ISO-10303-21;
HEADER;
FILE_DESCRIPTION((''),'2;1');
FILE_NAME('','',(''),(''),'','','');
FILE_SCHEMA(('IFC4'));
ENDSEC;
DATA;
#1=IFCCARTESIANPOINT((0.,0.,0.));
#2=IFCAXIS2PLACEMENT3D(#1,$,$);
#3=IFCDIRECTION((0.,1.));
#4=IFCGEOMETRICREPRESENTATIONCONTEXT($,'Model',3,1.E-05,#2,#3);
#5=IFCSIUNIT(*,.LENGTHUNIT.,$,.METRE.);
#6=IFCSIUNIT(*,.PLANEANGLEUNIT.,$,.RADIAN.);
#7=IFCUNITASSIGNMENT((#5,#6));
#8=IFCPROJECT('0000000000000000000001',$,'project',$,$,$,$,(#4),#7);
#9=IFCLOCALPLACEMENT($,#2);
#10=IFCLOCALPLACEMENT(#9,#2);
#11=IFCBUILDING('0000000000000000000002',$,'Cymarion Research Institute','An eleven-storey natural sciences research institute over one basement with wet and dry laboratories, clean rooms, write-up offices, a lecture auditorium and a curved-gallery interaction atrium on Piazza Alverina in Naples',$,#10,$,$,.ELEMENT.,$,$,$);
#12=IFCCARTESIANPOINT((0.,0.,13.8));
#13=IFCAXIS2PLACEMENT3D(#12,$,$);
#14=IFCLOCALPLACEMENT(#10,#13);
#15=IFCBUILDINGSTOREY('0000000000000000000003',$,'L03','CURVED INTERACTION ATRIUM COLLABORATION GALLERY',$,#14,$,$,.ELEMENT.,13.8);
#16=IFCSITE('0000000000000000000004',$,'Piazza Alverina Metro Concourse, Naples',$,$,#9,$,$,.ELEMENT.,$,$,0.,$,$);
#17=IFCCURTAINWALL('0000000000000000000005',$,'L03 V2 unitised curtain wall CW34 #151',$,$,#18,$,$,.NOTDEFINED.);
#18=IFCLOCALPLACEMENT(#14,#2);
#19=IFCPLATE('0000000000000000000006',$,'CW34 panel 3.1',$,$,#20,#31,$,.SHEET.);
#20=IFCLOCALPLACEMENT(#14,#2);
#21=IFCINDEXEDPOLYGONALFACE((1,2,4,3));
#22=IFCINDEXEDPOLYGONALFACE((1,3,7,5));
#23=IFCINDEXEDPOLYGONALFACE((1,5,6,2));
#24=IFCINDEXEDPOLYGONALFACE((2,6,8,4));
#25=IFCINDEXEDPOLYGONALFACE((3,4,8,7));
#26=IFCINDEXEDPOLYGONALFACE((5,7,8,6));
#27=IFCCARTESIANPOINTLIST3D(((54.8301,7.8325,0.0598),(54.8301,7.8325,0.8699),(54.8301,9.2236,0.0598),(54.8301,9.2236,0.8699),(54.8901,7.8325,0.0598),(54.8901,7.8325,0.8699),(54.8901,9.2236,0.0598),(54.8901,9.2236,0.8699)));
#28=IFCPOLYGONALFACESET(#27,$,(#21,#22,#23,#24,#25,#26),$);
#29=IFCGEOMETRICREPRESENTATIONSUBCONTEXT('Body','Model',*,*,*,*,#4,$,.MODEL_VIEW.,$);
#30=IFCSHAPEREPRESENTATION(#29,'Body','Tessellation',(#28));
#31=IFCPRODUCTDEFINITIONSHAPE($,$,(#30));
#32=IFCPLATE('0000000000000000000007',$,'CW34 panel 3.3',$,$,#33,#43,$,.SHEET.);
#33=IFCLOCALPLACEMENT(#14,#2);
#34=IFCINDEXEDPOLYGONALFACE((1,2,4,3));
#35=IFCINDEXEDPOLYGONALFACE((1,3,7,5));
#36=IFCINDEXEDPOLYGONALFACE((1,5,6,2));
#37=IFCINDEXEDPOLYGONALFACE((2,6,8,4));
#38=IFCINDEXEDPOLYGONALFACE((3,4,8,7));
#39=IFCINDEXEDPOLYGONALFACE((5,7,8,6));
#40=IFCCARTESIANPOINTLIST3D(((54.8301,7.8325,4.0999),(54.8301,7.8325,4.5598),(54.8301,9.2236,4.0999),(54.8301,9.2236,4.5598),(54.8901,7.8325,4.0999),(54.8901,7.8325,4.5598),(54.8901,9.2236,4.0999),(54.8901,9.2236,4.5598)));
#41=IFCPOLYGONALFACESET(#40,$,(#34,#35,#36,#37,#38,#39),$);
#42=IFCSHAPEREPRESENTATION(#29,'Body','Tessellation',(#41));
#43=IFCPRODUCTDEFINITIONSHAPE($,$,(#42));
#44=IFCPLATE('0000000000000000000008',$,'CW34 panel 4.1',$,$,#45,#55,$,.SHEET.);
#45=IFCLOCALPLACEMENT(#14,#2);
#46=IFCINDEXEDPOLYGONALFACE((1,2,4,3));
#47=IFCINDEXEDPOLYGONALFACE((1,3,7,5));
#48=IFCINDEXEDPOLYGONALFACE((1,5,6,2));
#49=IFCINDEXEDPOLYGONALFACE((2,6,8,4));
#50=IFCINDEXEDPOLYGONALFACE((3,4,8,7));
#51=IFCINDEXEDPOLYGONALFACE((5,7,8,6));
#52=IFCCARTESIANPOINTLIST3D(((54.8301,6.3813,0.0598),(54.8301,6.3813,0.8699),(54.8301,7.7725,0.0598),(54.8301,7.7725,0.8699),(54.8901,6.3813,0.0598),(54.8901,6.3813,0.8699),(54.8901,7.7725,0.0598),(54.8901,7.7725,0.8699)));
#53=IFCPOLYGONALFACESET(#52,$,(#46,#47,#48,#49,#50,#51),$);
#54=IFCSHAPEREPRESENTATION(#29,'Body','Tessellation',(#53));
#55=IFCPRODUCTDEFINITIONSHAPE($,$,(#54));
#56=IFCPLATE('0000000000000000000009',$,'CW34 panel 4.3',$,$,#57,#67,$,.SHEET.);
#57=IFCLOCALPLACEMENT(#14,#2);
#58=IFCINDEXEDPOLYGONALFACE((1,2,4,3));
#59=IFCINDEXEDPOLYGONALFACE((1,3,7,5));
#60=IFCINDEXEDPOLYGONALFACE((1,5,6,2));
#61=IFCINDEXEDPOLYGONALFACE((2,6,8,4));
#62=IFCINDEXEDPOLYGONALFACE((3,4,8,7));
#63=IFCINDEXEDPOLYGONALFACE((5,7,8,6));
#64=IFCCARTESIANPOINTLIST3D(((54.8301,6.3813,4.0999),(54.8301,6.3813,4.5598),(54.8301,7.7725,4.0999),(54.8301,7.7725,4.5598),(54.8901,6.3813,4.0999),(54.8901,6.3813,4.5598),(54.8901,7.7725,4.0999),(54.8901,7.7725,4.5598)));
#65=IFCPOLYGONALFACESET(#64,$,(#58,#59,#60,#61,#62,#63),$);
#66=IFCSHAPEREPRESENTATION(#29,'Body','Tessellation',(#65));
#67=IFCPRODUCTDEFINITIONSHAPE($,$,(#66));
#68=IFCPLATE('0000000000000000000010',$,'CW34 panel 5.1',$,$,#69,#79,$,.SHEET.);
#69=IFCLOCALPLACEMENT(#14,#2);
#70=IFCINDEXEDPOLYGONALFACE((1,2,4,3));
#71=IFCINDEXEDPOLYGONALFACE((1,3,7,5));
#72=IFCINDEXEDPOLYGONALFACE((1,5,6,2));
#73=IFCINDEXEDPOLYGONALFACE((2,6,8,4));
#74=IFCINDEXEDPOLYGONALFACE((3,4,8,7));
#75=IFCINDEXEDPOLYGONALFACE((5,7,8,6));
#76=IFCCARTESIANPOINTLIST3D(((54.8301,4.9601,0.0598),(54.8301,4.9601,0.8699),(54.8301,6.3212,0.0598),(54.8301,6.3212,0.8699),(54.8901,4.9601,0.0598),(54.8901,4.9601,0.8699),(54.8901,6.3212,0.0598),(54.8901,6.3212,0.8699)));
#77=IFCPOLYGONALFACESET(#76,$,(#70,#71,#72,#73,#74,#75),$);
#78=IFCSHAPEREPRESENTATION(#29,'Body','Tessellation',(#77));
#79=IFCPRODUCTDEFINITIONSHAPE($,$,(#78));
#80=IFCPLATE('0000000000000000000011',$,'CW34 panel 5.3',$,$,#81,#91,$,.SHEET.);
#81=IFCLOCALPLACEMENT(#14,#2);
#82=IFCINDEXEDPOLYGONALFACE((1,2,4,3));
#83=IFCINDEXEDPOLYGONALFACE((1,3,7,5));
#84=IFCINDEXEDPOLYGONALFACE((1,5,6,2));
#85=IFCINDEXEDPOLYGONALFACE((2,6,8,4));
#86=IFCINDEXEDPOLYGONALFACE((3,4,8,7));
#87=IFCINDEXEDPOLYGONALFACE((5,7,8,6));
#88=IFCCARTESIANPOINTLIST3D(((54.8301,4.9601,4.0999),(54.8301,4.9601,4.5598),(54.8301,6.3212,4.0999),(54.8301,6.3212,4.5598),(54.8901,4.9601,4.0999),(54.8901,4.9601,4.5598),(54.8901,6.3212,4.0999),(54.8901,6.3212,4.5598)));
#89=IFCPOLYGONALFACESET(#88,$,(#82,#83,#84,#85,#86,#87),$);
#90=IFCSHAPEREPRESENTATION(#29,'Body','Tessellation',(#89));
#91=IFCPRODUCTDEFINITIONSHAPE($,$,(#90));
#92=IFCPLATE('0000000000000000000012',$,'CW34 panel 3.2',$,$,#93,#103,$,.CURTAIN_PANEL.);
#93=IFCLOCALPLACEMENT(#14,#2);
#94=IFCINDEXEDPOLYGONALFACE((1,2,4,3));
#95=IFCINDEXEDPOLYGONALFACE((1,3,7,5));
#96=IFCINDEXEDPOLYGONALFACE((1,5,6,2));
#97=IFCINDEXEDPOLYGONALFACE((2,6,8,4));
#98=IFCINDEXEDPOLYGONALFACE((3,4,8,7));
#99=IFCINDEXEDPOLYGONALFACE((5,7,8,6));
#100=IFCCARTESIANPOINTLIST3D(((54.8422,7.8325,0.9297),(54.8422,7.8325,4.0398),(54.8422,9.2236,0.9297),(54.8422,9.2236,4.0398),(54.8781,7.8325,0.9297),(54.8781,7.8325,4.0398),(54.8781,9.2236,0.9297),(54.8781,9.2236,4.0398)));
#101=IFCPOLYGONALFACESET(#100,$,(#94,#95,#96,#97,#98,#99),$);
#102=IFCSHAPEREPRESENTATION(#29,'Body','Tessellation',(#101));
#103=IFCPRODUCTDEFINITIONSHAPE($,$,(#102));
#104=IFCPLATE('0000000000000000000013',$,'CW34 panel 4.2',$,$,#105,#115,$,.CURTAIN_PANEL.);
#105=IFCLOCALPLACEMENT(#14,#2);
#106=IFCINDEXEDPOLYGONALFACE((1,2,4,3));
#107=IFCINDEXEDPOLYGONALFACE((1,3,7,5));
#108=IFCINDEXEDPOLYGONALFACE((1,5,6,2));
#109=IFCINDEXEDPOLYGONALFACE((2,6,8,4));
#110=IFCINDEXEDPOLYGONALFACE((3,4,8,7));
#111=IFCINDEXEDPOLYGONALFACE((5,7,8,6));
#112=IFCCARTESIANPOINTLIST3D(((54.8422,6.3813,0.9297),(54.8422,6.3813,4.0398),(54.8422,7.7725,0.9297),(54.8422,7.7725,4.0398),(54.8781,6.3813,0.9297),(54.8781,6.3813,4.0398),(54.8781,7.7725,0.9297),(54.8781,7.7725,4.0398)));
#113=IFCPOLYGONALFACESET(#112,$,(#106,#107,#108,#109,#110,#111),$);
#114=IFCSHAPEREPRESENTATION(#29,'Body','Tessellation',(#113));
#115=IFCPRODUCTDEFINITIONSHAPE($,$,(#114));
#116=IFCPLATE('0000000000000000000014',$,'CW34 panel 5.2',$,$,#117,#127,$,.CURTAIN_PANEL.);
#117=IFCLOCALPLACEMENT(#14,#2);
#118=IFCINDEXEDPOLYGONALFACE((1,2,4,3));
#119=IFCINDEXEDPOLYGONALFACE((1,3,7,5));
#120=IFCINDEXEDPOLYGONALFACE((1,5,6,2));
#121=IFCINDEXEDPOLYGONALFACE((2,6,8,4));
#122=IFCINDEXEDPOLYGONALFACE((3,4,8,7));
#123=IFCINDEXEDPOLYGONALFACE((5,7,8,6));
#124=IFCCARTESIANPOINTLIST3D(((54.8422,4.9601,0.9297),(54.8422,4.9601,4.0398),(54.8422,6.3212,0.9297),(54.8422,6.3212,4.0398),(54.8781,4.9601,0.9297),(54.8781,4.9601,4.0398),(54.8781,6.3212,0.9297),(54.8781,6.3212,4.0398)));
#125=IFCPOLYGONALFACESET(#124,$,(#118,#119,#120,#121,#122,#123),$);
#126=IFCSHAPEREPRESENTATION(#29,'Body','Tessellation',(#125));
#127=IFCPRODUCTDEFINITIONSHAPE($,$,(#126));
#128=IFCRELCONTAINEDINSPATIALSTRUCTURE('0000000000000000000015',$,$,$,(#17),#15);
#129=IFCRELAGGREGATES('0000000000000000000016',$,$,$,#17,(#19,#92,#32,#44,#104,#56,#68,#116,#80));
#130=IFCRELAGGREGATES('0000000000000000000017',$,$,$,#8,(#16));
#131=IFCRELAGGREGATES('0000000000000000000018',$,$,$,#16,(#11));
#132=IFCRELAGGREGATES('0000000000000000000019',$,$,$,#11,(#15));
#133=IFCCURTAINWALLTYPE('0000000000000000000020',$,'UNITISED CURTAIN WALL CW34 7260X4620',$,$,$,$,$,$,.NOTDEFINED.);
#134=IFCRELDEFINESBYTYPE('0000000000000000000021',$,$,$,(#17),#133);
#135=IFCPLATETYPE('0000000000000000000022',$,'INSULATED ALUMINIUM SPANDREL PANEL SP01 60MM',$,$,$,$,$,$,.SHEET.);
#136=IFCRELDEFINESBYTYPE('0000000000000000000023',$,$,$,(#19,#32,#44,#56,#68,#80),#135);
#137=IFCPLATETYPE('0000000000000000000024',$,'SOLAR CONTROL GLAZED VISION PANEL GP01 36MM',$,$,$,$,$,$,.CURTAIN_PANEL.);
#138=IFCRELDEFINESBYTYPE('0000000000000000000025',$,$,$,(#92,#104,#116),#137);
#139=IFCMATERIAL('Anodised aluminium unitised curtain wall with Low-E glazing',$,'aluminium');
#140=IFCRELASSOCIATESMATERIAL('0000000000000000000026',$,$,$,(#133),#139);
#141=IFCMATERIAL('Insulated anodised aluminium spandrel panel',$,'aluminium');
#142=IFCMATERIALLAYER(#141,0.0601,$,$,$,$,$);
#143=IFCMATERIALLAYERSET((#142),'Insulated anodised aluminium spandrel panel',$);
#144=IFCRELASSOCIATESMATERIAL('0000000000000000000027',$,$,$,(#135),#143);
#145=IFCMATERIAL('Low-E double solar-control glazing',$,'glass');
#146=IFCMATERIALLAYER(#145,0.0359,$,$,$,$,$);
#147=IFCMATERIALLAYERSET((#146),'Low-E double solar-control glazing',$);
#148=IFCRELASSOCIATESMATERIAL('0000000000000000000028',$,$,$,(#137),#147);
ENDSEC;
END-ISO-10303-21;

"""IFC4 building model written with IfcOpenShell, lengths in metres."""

from ifc_helpers import new_model, si_unit, direction, frame, origin, origin_2d, place, context, subcontext, project, spatial, rectangle, extrude, material, layer, layer_set, type_object, element, aggregate, save


model = new_model("IFC4")

# Units and contexts
model_context = context("Model", 3, precision=1e-05, world=origin(), true_north=direction((0.0, 1.0)))
body_context = subcontext(model_context, "Body", "Model", "MODEL_VIEW")
ifc_project = project(units=[si_unit("LENGTHUNIT", "METRE"), si_unit("PLANEANGLEUNIT", "RADIAN")], contexts=[model_context])

# Site, building, storey
site_placement = place(None, origin())
site = spatial("IfcSite", under=ifc_project, at=site_placement, Name="Piazza Alverina Metro Concourse, Naples", CompositionType="ELEMENT", RefElevation=0.0)
building_placement = place(site_placement, origin())
building = spatial("IfcBuilding", under=site, at=building_placement, Name="Cymarion Research Institute", Description="An eleven-storey natural sciences research institute over one basement with wet and dry laboratories, clean rooms, write-up offices, a lecture auditorium and a curved-gallery interaction atrium on Piazza Alverina in Naples", CompositionType="ELEMENT")
storey_placement = place(building_placement, frame((0.0, 0.0, 13.8)))
storey = spatial("IfcBuildingStorey", under=building, at=storey_placement, Name="L03", Description="CURVED INTERACTION ATRIUM COLLABORATION GALLERY", CompositionType="ELEMENT", Elevation=13.8)

# Curtain wall, plates
ifc_material_1 = material(Name="Anodised aluminium unitised curtain wall with Low-E glazing", Category="aluminium")
curtain_wall_type = type_object("IfcCurtainWallType", Name="UNITISED CURTAIN WALL CW34 7260X4620", PredefinedType="NOTDEFINED", material=ifc_material_1)
curtain_wall_placement = place(storey_placement, origin())
curtain_wall = element("IfcCurtainWall", 1, at=curtain_wall_placement, inside=storey, type_object=curtain_wall_type, Name="L03 V2 unitised curtain wall CW34 #151", PredefinedType="NOTDEFINED")
ifc_material_2 = material(Name="Insulated anodised aluminium spandrel panel", Category="aluminium")
ifc_layer_1 = layer(ifc_material_2, 0.0601)
ifc_layer_set_1 = layer_set([ifc_layer_1], Name="Insulated anodised aluminium spandrel panel")
plate_type_1 = type_object("IfcPlateType", Name="INSULATED ALUMINIUM SPANDREL PANEL SP01 60MM", PredefinedType="SHEET", material=ifc_layer_set_1)
plate_1_placement = place(storey_placement, frame((54.8601, 8.5281, 0.0598), z_axis=(0.0, 0.0, 1.0), x_axis=(0.0, -1.0, 0.0)))
plate_1 = element("IfcPlate", 2, at=plate_1_placement, type_object=plate_type_1, Name="CW34 panel 3.1", PredefinedType="SHEET", context=body_context, shape_type="SweptSolid", body=[
    extrude(rectangle(XDim=1.3911, YDim=0.0601, at=origin_2d()), origin(), (0.0, 0.0, 1.0), 0.8101),
])
plate_2_placement = place(storey_placement, frame((54.8601, 8.5281, 4.0999), z_axis=(0.0, 0.0, 1.0), x_axis=(0.0, -1.0, 0.0)))
plate_2 = element("IfcPlate", 3, at=plate_2_placement, type_object=plate_type_1, Name="CW34 panel 3.3", PredefinedType="SHEET", context=body_context, shape_type="SweptSolid", body=[
    extrude(rectangle(XDim=1.3911, YDim=0.0601, at=origin_2d()), origin(), (0.0, 0.0, 1.0), 0.46),
])
plate_3_placement = place(storey_placement, frame((54.8601, 7.0769, 0.0598), z_axis=(0.0, 0.0, 1.0), x_axis=(0.0, -1.0, 0.0)))
plate_3 = element("IfcPlate", 4, at=plate_3_placement, type_object=plate_type_1, Name="CW34 panel 4.1", PredefinedType="SHEET", context=body_context, shape_type="SweptSolid", body=[
    extrude(rectangle(XDim=1.3911, YDim=0.0601, at=origin_2d()), origin(), (0.0, 0.0, 1.0), 0.8101),
])
plate_4_placement = place(storey_placement, frame((54.8601, 7.0769, 4.0999), z_axis=(0.0, 0.0, 1.0), x_axis=(0.0, -1.0, 0.0)))
plate_4 = element("IfcPlate", 5, at=plate_4_placement, type_object=plate_type_1, Name="CW34 panel 4.3", PredefinedType="SHEET", context=body_context, shape_type="SweptSolid", body=[
    extrude(rectangle(XDim=1.3911, YDim=0.0601, at=origin_2d()), origin(), (0.0, 0.0, 1.0), 0.46),
])
plate_5_placement = place(storey_placement, frame((54.8601, 5.6406, 0.0598), z_axis=(0.0, 0.0, 1.0), x_axis=(0.0, -1.0, 0.0)))
plate_5 = element("IfcPlate", 6, at=plate_5_placement, type_object=plate_type_1, Name="CW34 panel 5.1", PredefinedType="SHEET", context=body_context, shape_type="SweptSolid", body=[
    extrude(rectangle(XDim=1.3611, YDim=0.0601, at=origin_2d()), origin(), (0.0, 0.0, 1.0), 0.8101),
])
plate_6_placement = place(storey_placement, frame((54.8601, 5.6406, 4.0999), z_axis=(0.0, 0.0, 1.0), x_axis=(0.0, -1.0, 0.0)))
plate_6 = element("IfcPlate", 7, at=plate_6_placement, type_object=plate_type_1, Name="CW34 panel 5.3", PredefinedType="SHEET", context=body_context, shape_type="SweptSolid", body=[
    extrude(rectangle(XDim=1.3611, YDim=0.0601, at=origin_2d()), origin(), (0.0, 0.0, 1.0), 0.46),
])
ifc_material_3 = material(Name="Low-E double solar-control glazing", Category="glass")
ifc_layer_2 = layer(ifc_material_3, 0.0359)
ifc_layer_set_2 = layer_set([ifc_layer_2], Name="Low-E double solar-control glazing")
plate_type_2 = type_object("IfcPlateType", Name="SOLAR CONTROL GLAZED VISION PANEL GP01 36MM", PredefinedType="CURTAIN_PANEL", material=ifc_layer_set_2)
plate_7_placement = place(storey_placement, frame((54.8601, 8.5281, 0.9297), z_axis=(0.0, 0.0, 1.0), x_axis=(0.0, -1.0, 0.0)))
plate_7 = element("IfcPlate", 8, at=plate_7_placement, type_object=plate_type_2, Name="CW34 panel 3.2", PredefinedType="CURTAIN_PANEL", context=body_context, shape_type="SweptSolid", body=[
    extrude(rectangle(XDim=1.3911, YDim=0.0359, at=origin_2d()), origin(), (0.0, 0.0, 1.0), 3.1101),
])
plate_8_placement = place(storey_placement, frame((54.8601, 7.0769, 0.9297), z_axis=(0.0, 0.0, 1.0), x_axis=(0.0, -1.0, 0.0)))
plate_8 = element("IfcPlate", 9, at=plate_8_placement, type_object=plate_type_2, Name="CW34 panel 4.2", PredefinedType="CURTAIN_PANEL", context=body_context, shape_type="SweptSolid", body=[
    extrude(rectangle(XDim=1.3911, YDim=0.0359, at=origin_2d()), origin(), (0.0, 0.0, 1.0), 3.1101),
])
plate_9_placement = place(storey_placement, frame((54.8601, 5.6406, 0.9297), z_axis=(0.0, 0.0, 1.0), x_axis=(0.0, -1.0, 0.0)))
plate_9 = element("IfcPlate", 10, at=plate_9_placement, type_object=plate_type_2, Name="CW34 panel 5.2", PredefinedType="CURTAIN_PANEL", context=body_context, shape_type="SweptSolid", body=[
    extrude(rectangle(XDim=1.3611, YDim=0.0359, at=origin_2d()), origin(), (0.0, 0.0, 1.0), 3.1101),
])
aggregate(curtain_wall, [plate_1, plate_7, plate_2, plate_3, plate_8, plate_4, plate_5, plate_9, plate_6])

save(model, "model.ifc")
